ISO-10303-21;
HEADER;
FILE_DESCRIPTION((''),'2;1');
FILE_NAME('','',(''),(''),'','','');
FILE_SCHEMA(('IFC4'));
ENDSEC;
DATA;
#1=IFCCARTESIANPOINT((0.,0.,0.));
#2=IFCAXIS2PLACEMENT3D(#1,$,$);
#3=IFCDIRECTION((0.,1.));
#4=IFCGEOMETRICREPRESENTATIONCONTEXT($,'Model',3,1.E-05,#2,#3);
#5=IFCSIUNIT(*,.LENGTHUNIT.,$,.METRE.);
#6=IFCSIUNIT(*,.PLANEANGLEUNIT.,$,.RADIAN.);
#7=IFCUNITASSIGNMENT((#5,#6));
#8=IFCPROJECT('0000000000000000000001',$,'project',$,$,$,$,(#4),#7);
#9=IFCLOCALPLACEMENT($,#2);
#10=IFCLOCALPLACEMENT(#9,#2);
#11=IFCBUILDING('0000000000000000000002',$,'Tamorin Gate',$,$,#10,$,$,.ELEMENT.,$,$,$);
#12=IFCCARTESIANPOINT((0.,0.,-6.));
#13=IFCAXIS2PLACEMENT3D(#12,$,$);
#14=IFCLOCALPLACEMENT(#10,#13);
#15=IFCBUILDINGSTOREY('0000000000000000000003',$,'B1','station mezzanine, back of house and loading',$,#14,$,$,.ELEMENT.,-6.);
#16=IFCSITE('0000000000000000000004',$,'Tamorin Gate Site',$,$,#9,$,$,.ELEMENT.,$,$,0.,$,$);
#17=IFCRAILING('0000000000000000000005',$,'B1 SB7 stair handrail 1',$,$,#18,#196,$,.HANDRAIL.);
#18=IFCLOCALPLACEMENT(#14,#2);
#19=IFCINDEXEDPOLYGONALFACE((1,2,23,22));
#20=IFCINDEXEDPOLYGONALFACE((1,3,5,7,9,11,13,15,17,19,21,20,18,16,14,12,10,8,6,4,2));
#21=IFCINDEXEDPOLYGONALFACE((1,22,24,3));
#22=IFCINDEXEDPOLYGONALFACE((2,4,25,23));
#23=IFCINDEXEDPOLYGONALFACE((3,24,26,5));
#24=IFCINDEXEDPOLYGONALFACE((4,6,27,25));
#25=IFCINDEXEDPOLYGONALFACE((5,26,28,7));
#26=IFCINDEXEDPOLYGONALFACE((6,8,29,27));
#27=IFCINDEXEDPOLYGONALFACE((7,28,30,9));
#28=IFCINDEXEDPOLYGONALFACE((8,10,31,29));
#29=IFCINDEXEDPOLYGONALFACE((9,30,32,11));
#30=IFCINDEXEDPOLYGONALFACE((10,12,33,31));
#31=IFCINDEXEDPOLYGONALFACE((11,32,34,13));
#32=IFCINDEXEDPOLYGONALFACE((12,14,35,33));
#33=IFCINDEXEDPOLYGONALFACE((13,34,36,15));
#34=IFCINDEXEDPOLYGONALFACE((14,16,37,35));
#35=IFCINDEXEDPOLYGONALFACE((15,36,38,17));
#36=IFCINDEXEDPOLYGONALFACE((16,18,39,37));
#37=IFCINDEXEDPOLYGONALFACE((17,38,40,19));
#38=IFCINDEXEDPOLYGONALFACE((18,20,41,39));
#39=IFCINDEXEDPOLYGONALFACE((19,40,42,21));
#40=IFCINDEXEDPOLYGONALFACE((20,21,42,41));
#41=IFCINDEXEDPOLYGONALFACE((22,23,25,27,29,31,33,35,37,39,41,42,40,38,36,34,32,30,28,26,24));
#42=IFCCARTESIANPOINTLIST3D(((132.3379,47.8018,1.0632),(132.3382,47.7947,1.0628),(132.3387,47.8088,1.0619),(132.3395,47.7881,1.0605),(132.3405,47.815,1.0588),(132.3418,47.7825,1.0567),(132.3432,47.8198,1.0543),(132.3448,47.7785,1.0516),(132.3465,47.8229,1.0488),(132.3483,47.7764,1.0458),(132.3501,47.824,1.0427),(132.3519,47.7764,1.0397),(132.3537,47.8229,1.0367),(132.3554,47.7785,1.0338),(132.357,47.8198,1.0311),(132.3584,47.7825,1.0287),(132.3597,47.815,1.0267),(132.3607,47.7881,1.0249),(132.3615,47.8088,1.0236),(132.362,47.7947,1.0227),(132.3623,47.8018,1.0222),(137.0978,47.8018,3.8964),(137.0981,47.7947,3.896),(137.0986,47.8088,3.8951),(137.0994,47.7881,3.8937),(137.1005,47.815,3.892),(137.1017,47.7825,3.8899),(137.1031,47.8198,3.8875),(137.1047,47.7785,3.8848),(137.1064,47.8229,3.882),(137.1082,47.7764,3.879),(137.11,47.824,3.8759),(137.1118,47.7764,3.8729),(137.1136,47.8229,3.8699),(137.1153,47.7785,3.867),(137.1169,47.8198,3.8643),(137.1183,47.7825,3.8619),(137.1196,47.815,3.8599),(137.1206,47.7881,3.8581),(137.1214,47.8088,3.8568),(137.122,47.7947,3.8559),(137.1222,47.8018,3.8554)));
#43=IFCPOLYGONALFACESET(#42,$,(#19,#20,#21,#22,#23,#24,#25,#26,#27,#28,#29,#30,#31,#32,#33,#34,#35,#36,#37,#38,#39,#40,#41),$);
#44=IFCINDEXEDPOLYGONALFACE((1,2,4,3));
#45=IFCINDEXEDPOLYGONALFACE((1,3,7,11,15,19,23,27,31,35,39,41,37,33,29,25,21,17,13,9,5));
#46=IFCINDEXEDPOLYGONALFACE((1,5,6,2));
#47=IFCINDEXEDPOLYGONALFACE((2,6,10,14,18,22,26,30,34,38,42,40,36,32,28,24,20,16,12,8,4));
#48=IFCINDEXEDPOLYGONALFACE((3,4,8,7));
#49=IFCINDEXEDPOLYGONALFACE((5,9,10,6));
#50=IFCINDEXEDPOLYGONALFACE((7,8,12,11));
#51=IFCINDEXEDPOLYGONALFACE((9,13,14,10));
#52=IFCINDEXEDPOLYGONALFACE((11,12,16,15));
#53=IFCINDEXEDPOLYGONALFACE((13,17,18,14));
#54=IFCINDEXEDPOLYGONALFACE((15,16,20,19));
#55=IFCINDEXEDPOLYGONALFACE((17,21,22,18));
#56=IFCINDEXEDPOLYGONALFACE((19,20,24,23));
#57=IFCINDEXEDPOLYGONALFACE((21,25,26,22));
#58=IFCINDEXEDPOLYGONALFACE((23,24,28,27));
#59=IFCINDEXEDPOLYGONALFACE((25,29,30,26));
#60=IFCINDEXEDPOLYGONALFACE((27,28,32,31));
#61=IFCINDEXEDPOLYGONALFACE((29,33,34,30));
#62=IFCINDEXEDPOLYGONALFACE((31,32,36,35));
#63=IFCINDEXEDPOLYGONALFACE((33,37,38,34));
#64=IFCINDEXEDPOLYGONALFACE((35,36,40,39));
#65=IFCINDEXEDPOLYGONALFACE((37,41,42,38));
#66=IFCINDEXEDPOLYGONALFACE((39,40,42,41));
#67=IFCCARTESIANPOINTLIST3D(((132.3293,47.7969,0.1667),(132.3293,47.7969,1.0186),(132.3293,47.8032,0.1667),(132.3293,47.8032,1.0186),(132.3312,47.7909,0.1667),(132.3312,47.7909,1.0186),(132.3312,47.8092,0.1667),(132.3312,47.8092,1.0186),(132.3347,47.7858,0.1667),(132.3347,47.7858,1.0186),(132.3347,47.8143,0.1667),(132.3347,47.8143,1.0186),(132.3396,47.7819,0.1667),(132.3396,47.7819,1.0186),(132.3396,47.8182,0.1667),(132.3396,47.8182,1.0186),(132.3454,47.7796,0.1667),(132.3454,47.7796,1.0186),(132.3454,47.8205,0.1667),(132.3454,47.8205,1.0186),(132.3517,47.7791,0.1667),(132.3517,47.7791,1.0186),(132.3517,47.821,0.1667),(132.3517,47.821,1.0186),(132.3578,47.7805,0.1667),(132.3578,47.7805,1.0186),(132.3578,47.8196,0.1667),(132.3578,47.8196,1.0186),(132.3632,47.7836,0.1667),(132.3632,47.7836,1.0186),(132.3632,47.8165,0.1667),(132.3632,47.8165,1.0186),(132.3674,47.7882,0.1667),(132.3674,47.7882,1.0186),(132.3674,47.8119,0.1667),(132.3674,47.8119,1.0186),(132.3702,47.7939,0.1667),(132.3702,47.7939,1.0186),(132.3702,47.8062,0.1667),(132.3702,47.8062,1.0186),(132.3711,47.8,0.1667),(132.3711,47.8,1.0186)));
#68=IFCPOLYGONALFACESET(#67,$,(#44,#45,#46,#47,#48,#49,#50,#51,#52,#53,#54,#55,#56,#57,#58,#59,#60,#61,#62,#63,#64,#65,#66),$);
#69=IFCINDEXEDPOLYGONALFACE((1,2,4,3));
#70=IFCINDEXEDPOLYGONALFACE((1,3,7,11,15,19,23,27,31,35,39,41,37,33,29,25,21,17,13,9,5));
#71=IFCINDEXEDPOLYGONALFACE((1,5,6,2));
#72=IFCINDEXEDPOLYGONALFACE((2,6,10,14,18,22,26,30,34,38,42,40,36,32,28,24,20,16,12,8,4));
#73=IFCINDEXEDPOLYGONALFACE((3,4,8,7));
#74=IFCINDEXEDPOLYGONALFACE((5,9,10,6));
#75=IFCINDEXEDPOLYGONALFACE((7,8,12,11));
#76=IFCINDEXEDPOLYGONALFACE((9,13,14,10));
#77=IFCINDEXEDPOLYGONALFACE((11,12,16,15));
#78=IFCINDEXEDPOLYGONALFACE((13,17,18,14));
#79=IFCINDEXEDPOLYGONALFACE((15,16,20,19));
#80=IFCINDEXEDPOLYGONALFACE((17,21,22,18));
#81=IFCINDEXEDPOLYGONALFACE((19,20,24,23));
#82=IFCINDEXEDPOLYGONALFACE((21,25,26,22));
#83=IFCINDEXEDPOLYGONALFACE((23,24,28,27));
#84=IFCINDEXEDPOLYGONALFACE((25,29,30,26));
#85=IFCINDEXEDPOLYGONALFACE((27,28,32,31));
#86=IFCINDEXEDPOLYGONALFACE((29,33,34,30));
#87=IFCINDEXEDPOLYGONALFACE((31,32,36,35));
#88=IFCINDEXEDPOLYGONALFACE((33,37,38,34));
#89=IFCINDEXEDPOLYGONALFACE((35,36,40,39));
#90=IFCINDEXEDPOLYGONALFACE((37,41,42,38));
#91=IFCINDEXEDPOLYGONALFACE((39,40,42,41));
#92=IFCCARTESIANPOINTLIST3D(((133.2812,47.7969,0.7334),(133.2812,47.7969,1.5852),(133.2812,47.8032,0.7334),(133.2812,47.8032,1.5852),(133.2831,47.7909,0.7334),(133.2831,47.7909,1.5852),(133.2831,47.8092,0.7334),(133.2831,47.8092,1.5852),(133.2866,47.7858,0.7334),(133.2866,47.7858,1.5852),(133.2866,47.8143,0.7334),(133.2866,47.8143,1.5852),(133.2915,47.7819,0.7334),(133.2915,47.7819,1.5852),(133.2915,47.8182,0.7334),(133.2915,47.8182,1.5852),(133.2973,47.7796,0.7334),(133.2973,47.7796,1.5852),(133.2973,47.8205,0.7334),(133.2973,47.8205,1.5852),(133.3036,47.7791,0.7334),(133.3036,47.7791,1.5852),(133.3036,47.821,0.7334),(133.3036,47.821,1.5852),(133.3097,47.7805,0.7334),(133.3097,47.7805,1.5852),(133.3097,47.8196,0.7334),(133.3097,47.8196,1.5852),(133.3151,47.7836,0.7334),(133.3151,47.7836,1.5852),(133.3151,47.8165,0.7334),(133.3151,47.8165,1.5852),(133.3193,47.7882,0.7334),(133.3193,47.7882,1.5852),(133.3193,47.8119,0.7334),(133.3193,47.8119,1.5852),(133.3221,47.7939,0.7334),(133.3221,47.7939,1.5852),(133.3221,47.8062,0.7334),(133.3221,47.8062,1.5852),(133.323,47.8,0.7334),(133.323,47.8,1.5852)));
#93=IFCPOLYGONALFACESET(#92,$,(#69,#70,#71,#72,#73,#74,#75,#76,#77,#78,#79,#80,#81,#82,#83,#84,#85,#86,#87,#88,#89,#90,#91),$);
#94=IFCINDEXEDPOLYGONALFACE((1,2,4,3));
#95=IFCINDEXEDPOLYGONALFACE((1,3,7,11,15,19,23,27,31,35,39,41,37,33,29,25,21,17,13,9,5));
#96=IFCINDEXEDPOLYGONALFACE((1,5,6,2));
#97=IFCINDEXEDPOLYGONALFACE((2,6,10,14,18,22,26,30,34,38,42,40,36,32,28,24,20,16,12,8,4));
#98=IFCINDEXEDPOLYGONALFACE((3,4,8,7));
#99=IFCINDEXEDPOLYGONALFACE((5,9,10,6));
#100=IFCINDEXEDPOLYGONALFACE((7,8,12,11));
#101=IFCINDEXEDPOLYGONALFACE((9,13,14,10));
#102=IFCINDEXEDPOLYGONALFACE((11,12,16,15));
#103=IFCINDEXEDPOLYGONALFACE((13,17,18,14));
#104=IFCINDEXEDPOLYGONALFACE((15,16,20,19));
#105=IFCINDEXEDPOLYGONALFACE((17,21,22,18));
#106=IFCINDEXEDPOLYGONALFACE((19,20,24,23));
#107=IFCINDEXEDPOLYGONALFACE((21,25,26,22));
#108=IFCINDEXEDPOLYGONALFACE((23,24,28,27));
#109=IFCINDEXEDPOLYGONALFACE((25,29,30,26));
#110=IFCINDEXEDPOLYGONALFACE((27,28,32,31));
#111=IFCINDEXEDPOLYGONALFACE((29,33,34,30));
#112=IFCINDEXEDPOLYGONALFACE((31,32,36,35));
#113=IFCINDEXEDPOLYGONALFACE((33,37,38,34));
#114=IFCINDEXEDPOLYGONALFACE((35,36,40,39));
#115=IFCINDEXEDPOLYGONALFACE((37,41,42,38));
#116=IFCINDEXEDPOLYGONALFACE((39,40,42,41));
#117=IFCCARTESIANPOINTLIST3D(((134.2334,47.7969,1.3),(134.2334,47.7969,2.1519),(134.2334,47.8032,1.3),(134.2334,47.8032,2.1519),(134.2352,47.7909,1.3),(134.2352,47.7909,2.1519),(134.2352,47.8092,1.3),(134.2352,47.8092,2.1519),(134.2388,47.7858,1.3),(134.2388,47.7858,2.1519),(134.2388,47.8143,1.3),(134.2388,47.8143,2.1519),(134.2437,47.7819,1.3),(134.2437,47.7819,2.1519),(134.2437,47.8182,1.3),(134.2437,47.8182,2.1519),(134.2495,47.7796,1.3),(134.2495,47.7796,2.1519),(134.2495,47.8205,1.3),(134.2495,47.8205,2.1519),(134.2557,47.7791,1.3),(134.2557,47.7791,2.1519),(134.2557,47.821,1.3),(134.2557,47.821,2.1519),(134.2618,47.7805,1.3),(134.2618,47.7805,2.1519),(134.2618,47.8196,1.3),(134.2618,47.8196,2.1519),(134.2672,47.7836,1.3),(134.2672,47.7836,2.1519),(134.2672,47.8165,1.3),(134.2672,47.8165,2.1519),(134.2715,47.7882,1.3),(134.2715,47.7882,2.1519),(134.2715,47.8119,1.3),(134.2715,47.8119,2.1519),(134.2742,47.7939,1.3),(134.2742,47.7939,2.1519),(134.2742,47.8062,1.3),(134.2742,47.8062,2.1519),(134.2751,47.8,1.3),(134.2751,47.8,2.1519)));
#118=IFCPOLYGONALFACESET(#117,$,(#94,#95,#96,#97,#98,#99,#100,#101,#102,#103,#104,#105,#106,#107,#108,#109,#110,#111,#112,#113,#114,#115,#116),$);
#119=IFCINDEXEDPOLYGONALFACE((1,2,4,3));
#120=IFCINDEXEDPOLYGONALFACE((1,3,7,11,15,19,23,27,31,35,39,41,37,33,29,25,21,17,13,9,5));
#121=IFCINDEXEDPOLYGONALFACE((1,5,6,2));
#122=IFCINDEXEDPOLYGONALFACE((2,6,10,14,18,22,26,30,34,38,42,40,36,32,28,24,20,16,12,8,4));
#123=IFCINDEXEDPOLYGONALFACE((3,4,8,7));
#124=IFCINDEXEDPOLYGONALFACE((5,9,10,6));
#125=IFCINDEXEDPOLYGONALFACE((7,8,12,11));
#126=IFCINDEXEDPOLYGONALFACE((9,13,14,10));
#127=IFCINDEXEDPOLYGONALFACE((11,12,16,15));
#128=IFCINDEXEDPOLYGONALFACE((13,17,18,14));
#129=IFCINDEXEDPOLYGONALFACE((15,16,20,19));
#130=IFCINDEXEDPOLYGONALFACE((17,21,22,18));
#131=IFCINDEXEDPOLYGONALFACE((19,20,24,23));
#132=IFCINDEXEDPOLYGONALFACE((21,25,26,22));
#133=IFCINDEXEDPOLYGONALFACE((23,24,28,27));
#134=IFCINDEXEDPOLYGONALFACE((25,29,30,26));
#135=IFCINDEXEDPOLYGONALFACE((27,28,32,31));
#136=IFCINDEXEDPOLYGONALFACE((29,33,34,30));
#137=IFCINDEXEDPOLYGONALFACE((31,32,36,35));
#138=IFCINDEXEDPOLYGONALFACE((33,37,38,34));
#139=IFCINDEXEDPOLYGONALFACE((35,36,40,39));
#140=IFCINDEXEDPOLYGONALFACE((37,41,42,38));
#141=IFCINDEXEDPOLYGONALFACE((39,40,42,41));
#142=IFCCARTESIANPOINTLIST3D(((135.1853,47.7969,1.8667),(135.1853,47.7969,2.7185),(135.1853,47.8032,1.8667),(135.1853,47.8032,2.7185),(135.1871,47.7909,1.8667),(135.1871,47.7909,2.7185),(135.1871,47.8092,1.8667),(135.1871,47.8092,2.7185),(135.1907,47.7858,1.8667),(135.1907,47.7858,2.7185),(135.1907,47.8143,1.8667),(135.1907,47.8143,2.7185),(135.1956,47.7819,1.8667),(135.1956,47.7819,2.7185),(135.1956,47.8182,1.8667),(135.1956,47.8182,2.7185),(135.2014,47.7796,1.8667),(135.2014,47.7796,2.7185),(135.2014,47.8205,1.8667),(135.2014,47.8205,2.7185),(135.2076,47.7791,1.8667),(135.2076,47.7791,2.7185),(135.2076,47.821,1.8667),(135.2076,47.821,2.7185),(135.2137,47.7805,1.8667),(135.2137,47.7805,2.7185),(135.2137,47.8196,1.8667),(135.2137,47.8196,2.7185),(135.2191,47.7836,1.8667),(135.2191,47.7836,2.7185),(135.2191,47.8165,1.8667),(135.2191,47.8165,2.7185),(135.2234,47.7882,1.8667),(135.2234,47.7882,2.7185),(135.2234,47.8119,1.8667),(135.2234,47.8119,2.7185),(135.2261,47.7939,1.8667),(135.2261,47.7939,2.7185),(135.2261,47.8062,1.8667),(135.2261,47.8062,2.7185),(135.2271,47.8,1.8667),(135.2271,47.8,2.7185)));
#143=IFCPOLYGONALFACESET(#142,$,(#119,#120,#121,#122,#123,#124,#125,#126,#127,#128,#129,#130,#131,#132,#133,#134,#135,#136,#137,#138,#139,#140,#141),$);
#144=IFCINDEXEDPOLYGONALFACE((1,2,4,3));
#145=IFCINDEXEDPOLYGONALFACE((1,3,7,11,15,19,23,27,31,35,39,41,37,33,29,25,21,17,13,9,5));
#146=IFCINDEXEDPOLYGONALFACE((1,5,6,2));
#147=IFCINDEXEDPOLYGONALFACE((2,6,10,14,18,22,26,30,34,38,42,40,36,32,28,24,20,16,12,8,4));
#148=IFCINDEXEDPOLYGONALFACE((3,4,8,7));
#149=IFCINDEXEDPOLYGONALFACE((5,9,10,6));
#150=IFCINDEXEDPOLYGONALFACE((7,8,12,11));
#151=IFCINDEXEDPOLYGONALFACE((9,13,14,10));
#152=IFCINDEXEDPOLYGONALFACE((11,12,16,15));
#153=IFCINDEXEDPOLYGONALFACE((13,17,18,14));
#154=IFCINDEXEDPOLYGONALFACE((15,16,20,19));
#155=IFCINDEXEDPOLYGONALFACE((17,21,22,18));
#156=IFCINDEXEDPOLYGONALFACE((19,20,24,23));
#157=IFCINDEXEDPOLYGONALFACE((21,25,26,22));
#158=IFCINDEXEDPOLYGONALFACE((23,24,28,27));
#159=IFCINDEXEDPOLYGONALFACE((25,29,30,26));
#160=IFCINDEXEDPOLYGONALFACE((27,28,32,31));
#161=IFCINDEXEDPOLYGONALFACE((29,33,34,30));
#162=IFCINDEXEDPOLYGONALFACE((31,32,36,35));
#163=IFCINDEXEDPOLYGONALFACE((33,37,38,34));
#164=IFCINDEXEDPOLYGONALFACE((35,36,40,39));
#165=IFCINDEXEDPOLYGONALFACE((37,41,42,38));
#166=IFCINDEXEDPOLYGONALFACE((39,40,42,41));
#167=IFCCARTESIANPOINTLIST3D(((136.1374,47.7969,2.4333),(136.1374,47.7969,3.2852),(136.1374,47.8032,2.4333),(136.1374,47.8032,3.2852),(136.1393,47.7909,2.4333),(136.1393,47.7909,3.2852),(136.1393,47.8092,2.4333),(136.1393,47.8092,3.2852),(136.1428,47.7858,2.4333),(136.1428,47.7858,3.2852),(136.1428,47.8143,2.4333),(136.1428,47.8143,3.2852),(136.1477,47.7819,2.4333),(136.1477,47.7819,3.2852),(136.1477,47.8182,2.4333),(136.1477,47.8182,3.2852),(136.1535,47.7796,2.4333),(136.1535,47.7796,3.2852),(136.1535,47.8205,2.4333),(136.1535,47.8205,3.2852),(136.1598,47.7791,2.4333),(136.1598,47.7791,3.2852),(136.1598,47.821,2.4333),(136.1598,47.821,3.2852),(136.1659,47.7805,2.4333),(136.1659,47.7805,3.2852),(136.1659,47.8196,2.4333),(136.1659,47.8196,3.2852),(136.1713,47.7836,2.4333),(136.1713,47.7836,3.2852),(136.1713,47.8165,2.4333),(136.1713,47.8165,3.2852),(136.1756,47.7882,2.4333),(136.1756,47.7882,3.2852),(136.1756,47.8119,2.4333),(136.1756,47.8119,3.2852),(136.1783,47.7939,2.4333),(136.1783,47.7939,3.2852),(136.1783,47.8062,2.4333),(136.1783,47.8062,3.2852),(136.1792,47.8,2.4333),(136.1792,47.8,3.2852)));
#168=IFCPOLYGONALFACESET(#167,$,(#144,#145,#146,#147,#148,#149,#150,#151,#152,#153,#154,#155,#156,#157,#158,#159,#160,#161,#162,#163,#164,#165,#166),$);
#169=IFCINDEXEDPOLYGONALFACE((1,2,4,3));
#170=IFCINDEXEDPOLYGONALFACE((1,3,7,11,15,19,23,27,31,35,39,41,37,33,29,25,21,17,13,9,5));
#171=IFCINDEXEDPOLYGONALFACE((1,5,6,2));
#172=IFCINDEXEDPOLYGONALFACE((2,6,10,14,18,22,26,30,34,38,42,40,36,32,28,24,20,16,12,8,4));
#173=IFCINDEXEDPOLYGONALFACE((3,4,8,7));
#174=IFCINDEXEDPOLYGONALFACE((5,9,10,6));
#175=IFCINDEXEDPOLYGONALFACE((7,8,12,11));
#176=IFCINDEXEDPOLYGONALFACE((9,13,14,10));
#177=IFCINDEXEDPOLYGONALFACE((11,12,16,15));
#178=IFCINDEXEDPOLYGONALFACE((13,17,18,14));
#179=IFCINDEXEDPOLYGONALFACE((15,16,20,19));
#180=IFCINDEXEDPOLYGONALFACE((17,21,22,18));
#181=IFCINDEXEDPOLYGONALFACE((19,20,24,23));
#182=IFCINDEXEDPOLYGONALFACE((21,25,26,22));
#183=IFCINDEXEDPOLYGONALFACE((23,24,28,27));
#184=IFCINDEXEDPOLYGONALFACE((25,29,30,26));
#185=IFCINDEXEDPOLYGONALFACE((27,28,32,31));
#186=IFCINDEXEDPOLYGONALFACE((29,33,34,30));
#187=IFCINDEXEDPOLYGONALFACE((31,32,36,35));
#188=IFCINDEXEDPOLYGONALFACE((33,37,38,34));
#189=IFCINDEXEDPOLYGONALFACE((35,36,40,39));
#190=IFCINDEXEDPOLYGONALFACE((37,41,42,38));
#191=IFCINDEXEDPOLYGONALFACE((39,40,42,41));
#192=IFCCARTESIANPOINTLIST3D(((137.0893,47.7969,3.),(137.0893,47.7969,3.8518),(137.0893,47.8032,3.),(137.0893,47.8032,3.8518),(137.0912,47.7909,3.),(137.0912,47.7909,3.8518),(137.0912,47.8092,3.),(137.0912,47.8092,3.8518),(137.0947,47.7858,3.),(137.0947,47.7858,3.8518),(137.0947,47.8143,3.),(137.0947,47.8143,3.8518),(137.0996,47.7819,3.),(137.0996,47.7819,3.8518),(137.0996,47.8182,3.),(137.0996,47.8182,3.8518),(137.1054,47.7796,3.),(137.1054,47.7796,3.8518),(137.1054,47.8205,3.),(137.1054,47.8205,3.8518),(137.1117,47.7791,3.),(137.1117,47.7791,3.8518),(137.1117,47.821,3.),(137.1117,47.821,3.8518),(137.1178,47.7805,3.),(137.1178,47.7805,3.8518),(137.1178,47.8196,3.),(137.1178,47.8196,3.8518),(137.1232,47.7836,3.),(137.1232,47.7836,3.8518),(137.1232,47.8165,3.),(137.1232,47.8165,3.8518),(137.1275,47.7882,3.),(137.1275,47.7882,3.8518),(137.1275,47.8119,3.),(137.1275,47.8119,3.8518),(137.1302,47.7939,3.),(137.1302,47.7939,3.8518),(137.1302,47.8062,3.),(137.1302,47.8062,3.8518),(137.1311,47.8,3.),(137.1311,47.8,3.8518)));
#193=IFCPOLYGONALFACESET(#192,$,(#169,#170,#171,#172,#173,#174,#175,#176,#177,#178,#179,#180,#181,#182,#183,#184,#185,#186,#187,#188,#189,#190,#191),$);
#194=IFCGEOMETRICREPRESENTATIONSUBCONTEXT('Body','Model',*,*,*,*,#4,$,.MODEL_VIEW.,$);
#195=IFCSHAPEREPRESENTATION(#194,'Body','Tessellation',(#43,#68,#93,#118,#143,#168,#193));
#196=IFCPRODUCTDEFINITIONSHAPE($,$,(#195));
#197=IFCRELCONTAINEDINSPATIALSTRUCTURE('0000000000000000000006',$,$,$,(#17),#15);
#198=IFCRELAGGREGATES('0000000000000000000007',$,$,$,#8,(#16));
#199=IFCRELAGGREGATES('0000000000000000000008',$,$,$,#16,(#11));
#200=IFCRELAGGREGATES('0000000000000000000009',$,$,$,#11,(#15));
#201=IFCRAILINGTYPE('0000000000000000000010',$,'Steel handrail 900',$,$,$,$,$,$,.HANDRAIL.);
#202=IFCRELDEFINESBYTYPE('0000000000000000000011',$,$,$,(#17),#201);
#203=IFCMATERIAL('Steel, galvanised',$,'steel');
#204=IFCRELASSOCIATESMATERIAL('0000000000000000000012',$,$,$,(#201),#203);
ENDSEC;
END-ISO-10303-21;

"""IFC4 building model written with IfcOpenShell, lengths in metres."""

from ifc_helpers import new_model, si_unit, direction, frame, origin, origin_2d, place, context, subcontext, project, spatial, circle, extrude, material, type_object, element, save


model = new_model("IFC4")

# Units and contexts
model_context = context("Model", 3, precision=1e-05, world=origin(), true_north=direction((0.0, 1.0)))
body_context = subcontext(model_context, "Body", "Model", "MODEL_VIEW")
ifc_project = project(units=[si_unit("LENGTHUNIT", "METRE"), si_unit("PLANEANGLEUNIT", "RADIAN")], contexts=[model_context])

# Site, building, storey
site_placement = place(None, origin())
site = spatial("IfcSite", under=ifc_project, at=site_placement, Name="Tamorin Gate Site", CompositionType="ELEMENT", RefElevation=0.0)
building_placement = place(site_placement, origin())
building = spatial("IfcBuilding", under=site, at=building_placement, Name="Tamorin Gate", CompositionType="ELEMENT")
storey_placement = place(building_placement, frame((0.0, 0.0, -6.0)))
storey = spatial("IfcBuildingStorey", under=building, at=storey_placement, Name="B1", Description="station mezzanine, back of house and loading", CompositionType="ELEMENT", Elevation=-6.0)

# Railing
ifc_material_1 = material(Name="Steel, galvanised", Category="steel")
railing_type_1 = type_object("IfcRailingType", Name="Steel handrail 900", PredefinedType="HANDRAIL", material=ifc_material_1)
railing_1_placement = place(storey_placement, frame((132.3501, 47.8, 0.1667)))
element("IfcRailing", 1, at=railing_1_placement, inside=storey, type_object=railing_type_1, Name="B1 SB7 stair handrail 1", PredefinedType="HANDRAIL", context=body_context, shape_type="SweptSolid", body=[
    extrude(circle(Radius=0.0239, at=origin_2d()), frame((0.0, 0.0, 0.876), z_axis=(0.8593, 0.0, 0.511472), x_axis=(0.0, 1.0, 0.0)), (0.0, 0.0, 1.0), 5.5393),
    extrude(circle(Radius=0.021, at=origin_2d()), origin(), (0.0, 0.0, 1.0), 0.8518),
    extrude(circle(Radius=0.021, at=origin_2d()), frame((0.9519, 0.0, 0.5667)), (0.0, 0.0, 1.0), 0.8518),
    extrude(circle(Radius=0.021, at=origin_2d()), frame((1.9041, 0.0, 1.1333)), (0.0, 0.0, 1.0), 0.8518),
    extrude(circle(Radius=0.021, at=origin_2d()), frame((2.856, 0.0, 1.7)), (0.0, 0.0, 1.0), 0.8518),
    extrude(circle(Radius=0.021, at=origin_2d()), frame((3.8081, 0.0, 2.2666)), (0.0, 0.0, 1.0), 0.8518),
    extrude(circle(Radius=0.021, at=origin_2d()), frame((4.76, 0.0, 2.8333)), (0.0, 0.0, 1.0), 0.8518),
])

save(model, "model.ifc")
